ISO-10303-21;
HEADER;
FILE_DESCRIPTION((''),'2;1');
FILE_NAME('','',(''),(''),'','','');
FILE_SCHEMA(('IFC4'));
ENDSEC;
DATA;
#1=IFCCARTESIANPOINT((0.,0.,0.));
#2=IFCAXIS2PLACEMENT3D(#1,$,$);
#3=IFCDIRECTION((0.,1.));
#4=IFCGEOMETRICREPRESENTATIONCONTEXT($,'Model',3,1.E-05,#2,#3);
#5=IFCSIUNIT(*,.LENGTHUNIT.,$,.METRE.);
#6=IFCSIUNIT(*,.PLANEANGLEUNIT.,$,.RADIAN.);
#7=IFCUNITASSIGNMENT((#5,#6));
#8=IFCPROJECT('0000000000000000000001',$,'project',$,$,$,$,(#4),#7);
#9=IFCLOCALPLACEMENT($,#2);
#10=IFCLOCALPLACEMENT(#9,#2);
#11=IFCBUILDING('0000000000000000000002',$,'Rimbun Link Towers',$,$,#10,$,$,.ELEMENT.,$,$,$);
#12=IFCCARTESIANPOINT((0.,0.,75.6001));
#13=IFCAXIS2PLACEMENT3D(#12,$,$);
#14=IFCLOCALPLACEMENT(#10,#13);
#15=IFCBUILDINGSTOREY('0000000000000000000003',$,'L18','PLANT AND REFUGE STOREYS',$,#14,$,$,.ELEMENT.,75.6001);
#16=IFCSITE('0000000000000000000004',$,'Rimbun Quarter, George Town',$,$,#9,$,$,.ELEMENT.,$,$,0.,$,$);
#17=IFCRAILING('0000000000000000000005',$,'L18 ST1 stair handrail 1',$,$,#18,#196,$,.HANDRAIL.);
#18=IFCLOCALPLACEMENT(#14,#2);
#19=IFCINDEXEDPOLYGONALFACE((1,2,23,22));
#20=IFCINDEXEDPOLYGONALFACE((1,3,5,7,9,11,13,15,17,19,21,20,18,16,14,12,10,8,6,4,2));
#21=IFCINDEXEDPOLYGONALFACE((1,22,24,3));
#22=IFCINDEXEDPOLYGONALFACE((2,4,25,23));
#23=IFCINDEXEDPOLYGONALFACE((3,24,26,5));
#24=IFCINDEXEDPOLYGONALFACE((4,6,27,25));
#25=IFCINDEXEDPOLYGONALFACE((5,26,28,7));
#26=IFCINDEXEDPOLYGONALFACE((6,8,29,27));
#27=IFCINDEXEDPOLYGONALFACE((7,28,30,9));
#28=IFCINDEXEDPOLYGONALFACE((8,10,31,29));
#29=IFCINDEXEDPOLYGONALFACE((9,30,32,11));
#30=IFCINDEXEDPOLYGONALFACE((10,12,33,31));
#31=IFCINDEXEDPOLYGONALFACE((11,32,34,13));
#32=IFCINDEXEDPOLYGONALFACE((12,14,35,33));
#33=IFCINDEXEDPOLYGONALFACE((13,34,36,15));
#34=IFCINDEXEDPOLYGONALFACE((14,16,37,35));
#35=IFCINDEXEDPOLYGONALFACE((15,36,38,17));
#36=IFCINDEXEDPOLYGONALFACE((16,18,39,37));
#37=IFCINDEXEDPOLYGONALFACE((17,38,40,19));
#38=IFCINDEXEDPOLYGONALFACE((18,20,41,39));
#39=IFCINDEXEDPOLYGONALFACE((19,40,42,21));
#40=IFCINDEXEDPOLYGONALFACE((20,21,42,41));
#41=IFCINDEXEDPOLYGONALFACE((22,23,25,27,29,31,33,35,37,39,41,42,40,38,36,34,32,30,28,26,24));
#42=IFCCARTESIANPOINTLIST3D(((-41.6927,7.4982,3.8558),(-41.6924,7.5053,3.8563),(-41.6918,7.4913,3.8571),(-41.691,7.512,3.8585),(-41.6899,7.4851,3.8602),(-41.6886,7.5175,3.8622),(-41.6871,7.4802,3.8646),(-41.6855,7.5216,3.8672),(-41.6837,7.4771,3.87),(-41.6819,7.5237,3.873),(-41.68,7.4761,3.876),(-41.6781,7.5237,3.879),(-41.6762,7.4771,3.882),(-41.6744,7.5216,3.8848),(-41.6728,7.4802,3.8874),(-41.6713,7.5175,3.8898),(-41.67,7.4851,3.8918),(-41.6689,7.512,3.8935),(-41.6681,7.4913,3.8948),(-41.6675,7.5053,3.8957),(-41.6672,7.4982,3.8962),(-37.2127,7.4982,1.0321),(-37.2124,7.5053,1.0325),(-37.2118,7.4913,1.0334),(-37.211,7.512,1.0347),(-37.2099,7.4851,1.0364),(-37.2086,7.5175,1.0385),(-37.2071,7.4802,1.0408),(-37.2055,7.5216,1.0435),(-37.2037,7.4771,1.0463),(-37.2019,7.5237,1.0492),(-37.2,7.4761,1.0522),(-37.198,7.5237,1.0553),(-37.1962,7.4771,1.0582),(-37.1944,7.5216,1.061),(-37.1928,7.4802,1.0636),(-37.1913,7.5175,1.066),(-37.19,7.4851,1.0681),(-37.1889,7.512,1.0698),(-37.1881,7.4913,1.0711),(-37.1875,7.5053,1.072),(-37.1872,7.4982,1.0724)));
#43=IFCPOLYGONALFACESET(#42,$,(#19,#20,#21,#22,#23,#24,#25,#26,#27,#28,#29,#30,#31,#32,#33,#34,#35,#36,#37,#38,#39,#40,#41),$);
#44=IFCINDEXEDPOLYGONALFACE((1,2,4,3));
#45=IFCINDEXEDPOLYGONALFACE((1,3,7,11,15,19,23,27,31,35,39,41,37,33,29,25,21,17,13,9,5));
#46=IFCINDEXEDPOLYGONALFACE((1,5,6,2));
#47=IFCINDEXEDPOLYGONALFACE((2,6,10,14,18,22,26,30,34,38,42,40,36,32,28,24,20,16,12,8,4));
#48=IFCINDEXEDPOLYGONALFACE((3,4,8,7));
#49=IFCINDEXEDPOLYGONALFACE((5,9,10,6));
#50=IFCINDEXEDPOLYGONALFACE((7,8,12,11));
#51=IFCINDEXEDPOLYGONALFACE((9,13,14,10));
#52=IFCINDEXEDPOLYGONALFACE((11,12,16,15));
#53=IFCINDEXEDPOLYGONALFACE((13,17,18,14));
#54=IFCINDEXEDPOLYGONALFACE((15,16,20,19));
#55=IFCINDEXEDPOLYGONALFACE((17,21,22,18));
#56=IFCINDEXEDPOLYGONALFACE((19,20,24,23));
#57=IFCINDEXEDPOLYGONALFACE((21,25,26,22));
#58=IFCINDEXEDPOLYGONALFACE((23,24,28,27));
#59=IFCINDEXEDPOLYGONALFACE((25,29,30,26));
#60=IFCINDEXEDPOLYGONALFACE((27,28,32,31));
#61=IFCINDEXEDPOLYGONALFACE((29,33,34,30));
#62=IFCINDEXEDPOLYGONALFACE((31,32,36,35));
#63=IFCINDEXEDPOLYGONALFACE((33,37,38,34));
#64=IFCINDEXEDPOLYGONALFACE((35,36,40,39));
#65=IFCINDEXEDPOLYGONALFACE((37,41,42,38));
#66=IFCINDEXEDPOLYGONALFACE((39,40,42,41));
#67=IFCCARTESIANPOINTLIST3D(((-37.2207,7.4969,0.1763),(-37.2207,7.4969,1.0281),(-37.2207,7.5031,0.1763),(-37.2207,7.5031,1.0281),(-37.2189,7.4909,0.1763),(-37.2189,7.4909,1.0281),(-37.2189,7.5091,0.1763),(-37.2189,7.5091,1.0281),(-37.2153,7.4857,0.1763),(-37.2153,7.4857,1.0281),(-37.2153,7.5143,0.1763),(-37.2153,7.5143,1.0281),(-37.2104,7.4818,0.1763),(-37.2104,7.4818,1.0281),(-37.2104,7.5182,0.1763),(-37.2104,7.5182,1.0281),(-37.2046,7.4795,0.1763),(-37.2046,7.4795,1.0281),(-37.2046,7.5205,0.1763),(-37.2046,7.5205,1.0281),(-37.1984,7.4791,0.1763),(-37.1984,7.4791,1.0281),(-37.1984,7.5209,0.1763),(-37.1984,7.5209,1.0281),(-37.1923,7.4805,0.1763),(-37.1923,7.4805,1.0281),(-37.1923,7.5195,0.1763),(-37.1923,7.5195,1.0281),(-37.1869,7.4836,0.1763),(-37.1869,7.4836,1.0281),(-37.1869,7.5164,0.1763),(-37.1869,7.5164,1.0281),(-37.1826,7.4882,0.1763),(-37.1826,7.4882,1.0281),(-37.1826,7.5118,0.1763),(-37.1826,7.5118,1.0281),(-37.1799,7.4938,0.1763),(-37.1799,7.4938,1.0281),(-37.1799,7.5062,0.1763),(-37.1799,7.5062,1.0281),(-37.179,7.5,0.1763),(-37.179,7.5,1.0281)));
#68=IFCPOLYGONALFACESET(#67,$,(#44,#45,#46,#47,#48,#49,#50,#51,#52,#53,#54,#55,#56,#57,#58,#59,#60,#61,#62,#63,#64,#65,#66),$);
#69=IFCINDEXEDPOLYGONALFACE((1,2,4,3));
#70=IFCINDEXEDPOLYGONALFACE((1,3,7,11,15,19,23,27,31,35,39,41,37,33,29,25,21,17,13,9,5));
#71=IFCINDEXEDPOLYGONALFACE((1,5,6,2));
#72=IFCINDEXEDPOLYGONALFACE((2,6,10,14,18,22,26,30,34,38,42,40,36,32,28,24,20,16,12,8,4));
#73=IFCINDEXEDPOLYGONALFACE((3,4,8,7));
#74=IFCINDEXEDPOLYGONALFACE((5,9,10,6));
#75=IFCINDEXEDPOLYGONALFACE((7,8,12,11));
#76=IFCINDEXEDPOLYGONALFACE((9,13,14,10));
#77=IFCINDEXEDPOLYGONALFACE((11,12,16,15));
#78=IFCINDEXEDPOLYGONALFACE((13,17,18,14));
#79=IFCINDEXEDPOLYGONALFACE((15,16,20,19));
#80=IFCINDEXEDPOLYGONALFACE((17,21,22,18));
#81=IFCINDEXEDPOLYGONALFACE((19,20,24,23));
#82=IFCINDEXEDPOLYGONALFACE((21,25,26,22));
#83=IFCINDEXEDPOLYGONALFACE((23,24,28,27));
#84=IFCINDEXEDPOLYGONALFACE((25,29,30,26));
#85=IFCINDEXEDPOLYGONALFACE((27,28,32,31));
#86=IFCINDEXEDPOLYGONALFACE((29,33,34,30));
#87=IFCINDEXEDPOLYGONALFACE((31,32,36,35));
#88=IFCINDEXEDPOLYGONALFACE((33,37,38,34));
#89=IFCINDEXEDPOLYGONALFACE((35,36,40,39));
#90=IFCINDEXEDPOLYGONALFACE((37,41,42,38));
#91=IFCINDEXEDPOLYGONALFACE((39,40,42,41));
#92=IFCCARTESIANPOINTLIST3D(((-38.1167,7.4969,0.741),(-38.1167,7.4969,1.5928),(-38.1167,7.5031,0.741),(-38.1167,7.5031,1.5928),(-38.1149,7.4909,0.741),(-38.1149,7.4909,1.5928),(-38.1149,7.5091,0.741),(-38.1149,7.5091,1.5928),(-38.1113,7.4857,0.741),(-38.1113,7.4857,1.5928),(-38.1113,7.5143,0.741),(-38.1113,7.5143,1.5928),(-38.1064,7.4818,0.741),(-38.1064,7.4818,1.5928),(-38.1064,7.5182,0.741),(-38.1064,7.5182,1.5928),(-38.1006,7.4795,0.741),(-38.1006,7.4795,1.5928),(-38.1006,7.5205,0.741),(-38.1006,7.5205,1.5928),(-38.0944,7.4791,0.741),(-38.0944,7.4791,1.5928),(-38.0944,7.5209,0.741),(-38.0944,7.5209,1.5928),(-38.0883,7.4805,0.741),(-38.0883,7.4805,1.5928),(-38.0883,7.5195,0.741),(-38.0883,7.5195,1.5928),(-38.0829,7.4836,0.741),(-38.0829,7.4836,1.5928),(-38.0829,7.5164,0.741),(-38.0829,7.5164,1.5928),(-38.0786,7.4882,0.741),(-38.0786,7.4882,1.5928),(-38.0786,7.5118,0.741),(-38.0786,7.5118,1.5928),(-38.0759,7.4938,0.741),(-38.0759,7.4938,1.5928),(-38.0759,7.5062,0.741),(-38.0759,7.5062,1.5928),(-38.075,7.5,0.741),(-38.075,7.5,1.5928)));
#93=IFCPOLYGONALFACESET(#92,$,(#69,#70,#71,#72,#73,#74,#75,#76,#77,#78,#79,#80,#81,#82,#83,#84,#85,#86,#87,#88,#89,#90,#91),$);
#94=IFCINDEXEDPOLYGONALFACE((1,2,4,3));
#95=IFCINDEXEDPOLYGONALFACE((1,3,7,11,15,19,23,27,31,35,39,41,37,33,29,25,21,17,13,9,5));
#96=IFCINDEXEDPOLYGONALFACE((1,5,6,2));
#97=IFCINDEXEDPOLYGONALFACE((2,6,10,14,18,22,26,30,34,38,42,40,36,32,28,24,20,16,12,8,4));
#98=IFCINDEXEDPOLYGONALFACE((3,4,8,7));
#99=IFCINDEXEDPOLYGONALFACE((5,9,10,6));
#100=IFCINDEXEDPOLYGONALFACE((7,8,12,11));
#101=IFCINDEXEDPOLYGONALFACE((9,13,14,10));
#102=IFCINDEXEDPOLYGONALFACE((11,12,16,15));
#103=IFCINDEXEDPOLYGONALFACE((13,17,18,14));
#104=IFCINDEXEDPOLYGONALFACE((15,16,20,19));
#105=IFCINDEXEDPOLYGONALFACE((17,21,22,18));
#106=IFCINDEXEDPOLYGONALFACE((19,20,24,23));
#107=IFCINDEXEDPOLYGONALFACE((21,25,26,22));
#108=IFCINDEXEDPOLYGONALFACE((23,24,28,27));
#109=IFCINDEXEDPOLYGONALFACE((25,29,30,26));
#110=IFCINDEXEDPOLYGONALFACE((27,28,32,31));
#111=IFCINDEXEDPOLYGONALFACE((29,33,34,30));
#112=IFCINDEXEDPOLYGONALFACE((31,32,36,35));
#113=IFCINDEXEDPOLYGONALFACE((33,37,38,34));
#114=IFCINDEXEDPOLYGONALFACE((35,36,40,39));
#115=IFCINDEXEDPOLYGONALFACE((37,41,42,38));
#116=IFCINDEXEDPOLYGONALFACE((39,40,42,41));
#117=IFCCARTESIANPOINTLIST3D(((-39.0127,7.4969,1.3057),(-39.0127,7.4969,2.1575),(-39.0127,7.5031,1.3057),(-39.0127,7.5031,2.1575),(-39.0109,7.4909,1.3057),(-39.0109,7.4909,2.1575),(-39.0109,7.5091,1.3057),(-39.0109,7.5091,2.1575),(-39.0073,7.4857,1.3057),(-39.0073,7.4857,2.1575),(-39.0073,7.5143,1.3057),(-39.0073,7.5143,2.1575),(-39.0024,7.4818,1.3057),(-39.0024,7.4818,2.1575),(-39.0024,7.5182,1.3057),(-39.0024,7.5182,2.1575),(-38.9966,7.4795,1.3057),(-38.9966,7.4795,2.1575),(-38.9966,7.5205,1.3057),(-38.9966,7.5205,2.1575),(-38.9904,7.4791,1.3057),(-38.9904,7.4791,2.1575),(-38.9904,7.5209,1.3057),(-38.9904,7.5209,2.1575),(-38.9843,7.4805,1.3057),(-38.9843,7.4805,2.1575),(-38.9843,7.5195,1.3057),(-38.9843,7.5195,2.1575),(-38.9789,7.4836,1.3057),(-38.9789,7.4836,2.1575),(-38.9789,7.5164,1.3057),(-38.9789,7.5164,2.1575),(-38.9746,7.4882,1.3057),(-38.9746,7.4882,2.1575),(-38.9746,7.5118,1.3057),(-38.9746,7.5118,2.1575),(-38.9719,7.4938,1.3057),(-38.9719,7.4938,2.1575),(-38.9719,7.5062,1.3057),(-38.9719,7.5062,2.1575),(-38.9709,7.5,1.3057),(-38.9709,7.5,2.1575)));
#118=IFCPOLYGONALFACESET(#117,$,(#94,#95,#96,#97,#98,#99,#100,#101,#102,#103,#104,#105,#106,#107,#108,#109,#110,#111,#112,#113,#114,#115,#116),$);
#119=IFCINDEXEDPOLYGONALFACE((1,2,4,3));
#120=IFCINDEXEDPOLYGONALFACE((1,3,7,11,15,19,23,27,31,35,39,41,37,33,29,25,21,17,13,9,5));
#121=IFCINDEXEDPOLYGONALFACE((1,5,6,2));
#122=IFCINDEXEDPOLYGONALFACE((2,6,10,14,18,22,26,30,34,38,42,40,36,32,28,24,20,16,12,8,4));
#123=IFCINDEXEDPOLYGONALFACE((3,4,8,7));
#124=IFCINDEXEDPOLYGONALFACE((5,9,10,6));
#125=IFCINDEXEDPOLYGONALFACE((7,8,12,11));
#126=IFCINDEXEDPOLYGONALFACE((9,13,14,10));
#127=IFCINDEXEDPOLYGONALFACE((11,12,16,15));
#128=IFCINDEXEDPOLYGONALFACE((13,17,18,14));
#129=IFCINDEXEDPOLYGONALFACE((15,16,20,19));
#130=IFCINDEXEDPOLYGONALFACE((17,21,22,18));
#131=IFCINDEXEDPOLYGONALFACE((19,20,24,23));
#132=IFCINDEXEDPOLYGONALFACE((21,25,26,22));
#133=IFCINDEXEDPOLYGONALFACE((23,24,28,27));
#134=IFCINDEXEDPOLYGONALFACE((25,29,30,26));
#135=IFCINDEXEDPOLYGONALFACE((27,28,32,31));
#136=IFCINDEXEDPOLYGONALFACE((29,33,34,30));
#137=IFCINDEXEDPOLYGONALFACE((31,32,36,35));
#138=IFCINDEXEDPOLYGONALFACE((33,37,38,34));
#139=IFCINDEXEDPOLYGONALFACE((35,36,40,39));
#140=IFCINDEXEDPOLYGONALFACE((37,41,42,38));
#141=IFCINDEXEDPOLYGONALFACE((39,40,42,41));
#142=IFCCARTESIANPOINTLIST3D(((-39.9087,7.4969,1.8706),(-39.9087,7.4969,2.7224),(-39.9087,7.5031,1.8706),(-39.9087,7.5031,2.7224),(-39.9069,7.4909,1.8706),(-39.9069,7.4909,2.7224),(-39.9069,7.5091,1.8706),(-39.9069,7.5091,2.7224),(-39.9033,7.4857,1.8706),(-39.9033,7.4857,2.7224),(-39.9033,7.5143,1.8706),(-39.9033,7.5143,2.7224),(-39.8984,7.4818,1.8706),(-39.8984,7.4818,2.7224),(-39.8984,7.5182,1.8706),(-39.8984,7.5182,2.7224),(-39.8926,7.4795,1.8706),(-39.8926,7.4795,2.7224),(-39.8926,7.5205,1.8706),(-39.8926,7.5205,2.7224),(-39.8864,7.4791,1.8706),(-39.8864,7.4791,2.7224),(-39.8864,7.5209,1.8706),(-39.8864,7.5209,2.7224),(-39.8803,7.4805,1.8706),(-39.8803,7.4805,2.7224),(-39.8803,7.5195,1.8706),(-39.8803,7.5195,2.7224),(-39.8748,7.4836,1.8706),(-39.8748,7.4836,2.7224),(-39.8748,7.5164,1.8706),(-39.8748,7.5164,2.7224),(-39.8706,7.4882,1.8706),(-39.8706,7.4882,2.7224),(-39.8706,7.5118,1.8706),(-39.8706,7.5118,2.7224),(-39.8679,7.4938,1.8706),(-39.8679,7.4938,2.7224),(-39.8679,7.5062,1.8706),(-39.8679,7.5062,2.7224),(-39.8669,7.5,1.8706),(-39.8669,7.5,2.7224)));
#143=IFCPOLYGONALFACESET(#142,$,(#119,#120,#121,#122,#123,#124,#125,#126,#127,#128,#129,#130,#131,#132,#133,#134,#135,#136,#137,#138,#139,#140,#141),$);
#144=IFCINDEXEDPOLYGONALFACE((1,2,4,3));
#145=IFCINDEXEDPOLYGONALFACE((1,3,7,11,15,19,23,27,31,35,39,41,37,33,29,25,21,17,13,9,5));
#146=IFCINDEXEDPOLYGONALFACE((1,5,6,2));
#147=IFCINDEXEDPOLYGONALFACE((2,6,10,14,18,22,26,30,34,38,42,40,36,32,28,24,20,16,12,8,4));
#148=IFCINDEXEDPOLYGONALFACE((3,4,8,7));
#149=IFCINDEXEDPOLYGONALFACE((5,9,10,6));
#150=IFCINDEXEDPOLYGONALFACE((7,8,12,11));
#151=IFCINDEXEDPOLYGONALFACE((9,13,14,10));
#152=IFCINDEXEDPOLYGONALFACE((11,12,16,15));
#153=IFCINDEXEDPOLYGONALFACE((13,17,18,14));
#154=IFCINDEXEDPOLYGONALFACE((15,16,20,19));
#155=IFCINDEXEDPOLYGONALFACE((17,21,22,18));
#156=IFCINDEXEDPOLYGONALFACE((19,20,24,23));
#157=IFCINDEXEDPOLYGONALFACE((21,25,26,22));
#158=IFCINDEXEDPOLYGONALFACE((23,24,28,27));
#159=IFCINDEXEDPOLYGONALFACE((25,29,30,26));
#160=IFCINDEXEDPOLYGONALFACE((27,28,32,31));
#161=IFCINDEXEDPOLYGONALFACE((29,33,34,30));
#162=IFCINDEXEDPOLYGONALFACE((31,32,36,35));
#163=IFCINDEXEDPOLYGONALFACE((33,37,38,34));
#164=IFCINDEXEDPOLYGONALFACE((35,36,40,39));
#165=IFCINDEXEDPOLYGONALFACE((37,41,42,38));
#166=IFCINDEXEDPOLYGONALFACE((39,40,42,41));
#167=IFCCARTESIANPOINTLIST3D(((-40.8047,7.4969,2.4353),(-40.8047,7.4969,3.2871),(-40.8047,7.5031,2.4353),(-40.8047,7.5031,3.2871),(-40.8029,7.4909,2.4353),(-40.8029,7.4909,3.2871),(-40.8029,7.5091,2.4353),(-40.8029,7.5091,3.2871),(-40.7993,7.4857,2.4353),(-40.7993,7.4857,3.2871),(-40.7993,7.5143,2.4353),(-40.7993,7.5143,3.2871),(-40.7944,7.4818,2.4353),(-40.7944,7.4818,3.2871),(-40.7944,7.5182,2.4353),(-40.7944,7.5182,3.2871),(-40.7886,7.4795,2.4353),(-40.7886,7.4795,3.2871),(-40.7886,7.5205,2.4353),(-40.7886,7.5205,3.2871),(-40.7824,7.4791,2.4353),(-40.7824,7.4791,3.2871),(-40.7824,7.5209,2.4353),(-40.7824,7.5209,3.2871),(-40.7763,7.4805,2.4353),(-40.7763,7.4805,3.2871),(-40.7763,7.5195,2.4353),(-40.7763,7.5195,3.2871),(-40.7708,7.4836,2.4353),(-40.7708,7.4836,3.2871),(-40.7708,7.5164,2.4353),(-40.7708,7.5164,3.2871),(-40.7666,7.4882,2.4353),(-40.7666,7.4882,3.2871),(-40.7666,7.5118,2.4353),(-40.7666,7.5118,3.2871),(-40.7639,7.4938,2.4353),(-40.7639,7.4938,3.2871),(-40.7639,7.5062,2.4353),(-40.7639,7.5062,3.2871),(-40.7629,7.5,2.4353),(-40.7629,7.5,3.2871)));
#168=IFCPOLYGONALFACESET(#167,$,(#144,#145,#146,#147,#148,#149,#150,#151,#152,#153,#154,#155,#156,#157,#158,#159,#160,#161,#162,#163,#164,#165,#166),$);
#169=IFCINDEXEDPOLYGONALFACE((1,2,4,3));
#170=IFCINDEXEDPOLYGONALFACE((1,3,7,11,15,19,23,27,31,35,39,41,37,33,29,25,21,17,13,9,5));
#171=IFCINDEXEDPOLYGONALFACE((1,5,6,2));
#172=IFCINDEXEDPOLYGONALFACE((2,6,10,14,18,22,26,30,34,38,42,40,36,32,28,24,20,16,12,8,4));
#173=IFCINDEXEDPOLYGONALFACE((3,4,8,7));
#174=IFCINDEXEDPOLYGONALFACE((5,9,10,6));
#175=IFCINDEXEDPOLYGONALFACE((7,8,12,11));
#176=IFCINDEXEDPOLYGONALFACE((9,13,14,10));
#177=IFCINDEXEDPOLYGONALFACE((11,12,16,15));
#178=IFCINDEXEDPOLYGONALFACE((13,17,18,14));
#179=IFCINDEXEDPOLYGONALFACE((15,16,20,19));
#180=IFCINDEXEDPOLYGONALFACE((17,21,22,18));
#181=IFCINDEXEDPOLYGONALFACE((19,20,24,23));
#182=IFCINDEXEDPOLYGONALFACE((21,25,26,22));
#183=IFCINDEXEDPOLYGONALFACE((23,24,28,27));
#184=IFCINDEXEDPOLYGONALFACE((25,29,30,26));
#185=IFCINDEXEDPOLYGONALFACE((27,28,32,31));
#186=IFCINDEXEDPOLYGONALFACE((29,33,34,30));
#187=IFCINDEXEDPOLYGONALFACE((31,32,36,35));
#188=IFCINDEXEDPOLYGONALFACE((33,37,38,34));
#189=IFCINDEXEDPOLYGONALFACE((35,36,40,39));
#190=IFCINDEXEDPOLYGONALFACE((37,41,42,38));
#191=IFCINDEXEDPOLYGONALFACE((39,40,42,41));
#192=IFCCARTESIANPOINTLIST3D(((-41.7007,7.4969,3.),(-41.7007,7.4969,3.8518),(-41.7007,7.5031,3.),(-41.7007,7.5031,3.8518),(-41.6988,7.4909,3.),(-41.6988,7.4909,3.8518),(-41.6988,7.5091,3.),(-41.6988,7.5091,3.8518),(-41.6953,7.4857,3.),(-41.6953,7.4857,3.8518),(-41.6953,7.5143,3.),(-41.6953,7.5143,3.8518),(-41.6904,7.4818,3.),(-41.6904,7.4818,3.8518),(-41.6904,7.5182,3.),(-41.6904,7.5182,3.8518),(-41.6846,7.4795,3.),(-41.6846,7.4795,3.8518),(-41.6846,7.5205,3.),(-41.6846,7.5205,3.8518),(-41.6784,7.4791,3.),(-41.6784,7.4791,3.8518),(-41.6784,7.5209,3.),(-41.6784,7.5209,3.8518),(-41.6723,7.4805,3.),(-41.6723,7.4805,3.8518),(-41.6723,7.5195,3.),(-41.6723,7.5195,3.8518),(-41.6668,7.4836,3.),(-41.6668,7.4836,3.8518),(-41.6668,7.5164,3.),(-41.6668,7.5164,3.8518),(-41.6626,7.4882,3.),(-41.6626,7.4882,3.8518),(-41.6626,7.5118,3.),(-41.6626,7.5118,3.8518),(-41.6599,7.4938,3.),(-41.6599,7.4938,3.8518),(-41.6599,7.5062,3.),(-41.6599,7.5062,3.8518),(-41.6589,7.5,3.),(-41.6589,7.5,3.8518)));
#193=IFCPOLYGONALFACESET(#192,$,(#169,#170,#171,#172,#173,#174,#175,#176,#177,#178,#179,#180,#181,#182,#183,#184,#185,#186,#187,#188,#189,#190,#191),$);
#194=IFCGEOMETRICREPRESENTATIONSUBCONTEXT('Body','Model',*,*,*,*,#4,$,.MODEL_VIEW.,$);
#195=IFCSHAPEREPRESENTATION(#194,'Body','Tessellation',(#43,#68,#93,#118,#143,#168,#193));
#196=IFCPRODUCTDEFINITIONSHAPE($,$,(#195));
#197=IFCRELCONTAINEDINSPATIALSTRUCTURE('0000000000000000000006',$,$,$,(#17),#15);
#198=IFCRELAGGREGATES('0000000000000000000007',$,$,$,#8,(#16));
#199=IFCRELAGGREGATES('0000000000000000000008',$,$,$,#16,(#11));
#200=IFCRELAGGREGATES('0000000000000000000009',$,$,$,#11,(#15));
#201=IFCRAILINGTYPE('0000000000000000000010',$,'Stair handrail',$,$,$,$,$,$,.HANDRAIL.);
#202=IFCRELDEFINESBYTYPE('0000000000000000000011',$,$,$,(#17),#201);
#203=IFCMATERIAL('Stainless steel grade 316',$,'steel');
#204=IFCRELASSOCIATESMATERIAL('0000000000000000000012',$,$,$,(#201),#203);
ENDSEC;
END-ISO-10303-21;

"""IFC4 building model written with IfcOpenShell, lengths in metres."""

from ifc_helpers import new_model, si_unit, direction, frame, origin, origin_2d, place, context, subcontext, project, spatial, circle, extrude, material, type_object, element, save


model = new_model("IFC4")

# Units and contexts
model_context = context("Model", 3, precision=1e-05, world=origin(), true_north=direction((0.0, 1.0)))
body_context = subcontext(model_context, "Body", "Model", "MODEL_VIEW")
ifc_project = project(units=[si_unit("LENGTHUNIT", "METRE"), si_unit("PLANEANGLEUNIT", "RADIAN")], contexts=[model_context])

# Site, building, storey
site_placement = place(None, origin())
site = spatial("IfcSite", under=ifc_project, at=site_placement, Name="Rimbun Quarter, George Town", CompositionType="ELEMENT", RefElevation=0.0)
building_placement = place(site_placement, origin())
building = spatial("IfcBuilding", under=site, at=building_placement, Name="Rimbun Link Towers", CompositionType="ELEMENT")
storey_placement = place(building_placement, frame((0.0, 0.0, 75.6001)))
storey = spatial("IfcBuildingStorey", under=building, at=storey_placement, Name="L18", Description="PLANT AND REFUGE STOREYS", CompositionType="ELEMENT", Elevation=75.6001)

# Railing
ifc_material_1 = material(Name="Stainless steel grade 316", Category="steel")
railing_type_1 = type_object("IfcRailingType", Name="Stair handrail", PredefinedType="HANDRAIL", material=ifc_material_1)
railing_1_placement = place(storey_placement, frame((-37.2, 7.5, 0.1763)))
element("IfcRailing", 1, at=railing_1_placement, inside=storey, type_object=railing_type_1, Name="L18 ST1 stair handrail 1", PredefinedType="HANDRAIL", context=body_context, shape_type="SweptSolid", body=[
    extrude(circle(Radius=0.0239, at=origin_2d()), frame((0.0, 0.0, 0.876), z_axis=(-0.845977, 0.0, 0.533219), x_axis=(0.0, -1.0, 0.0)), (0.0, 0.0, 1.0), 5.2957),
    extrude(circle(Radius=0.021, at=origin_2d()), origin(), (0.0, 0.0, 1.0), 0.8518),
    extrude(circle(Radius=0.021, at=origin_2d()), frame((-0.896, 0.0, 0.5647)), (0.0, 0.0, 1.0), 0.8518),
    extrude(circle(Radius=0.021, at=origin_2d()), frame((-1.792, 0.0, 1.1294)), (0.0, 0.0, 1.0), 0.8518),
    extrude(circle(Radius=0.021, at=origin_2d()), frame((-2.688, 0.0, 1.6943)), (0.0, 0.0, 1.0), 0.8518),
    extrude(circle(Radius=0.021, at=origin_2d()), frame((-3.584, 0.0, 2.259)), (0.0, 0.0, 1.0), 0.8518),
    extrude(circle(Radius=0.021, at=origin_2d()), frame((-4.48, 0.0, 2.8237)), (0.0, 0.0, 1.0), 0.8518),
])

save(model, "model.ifc")
